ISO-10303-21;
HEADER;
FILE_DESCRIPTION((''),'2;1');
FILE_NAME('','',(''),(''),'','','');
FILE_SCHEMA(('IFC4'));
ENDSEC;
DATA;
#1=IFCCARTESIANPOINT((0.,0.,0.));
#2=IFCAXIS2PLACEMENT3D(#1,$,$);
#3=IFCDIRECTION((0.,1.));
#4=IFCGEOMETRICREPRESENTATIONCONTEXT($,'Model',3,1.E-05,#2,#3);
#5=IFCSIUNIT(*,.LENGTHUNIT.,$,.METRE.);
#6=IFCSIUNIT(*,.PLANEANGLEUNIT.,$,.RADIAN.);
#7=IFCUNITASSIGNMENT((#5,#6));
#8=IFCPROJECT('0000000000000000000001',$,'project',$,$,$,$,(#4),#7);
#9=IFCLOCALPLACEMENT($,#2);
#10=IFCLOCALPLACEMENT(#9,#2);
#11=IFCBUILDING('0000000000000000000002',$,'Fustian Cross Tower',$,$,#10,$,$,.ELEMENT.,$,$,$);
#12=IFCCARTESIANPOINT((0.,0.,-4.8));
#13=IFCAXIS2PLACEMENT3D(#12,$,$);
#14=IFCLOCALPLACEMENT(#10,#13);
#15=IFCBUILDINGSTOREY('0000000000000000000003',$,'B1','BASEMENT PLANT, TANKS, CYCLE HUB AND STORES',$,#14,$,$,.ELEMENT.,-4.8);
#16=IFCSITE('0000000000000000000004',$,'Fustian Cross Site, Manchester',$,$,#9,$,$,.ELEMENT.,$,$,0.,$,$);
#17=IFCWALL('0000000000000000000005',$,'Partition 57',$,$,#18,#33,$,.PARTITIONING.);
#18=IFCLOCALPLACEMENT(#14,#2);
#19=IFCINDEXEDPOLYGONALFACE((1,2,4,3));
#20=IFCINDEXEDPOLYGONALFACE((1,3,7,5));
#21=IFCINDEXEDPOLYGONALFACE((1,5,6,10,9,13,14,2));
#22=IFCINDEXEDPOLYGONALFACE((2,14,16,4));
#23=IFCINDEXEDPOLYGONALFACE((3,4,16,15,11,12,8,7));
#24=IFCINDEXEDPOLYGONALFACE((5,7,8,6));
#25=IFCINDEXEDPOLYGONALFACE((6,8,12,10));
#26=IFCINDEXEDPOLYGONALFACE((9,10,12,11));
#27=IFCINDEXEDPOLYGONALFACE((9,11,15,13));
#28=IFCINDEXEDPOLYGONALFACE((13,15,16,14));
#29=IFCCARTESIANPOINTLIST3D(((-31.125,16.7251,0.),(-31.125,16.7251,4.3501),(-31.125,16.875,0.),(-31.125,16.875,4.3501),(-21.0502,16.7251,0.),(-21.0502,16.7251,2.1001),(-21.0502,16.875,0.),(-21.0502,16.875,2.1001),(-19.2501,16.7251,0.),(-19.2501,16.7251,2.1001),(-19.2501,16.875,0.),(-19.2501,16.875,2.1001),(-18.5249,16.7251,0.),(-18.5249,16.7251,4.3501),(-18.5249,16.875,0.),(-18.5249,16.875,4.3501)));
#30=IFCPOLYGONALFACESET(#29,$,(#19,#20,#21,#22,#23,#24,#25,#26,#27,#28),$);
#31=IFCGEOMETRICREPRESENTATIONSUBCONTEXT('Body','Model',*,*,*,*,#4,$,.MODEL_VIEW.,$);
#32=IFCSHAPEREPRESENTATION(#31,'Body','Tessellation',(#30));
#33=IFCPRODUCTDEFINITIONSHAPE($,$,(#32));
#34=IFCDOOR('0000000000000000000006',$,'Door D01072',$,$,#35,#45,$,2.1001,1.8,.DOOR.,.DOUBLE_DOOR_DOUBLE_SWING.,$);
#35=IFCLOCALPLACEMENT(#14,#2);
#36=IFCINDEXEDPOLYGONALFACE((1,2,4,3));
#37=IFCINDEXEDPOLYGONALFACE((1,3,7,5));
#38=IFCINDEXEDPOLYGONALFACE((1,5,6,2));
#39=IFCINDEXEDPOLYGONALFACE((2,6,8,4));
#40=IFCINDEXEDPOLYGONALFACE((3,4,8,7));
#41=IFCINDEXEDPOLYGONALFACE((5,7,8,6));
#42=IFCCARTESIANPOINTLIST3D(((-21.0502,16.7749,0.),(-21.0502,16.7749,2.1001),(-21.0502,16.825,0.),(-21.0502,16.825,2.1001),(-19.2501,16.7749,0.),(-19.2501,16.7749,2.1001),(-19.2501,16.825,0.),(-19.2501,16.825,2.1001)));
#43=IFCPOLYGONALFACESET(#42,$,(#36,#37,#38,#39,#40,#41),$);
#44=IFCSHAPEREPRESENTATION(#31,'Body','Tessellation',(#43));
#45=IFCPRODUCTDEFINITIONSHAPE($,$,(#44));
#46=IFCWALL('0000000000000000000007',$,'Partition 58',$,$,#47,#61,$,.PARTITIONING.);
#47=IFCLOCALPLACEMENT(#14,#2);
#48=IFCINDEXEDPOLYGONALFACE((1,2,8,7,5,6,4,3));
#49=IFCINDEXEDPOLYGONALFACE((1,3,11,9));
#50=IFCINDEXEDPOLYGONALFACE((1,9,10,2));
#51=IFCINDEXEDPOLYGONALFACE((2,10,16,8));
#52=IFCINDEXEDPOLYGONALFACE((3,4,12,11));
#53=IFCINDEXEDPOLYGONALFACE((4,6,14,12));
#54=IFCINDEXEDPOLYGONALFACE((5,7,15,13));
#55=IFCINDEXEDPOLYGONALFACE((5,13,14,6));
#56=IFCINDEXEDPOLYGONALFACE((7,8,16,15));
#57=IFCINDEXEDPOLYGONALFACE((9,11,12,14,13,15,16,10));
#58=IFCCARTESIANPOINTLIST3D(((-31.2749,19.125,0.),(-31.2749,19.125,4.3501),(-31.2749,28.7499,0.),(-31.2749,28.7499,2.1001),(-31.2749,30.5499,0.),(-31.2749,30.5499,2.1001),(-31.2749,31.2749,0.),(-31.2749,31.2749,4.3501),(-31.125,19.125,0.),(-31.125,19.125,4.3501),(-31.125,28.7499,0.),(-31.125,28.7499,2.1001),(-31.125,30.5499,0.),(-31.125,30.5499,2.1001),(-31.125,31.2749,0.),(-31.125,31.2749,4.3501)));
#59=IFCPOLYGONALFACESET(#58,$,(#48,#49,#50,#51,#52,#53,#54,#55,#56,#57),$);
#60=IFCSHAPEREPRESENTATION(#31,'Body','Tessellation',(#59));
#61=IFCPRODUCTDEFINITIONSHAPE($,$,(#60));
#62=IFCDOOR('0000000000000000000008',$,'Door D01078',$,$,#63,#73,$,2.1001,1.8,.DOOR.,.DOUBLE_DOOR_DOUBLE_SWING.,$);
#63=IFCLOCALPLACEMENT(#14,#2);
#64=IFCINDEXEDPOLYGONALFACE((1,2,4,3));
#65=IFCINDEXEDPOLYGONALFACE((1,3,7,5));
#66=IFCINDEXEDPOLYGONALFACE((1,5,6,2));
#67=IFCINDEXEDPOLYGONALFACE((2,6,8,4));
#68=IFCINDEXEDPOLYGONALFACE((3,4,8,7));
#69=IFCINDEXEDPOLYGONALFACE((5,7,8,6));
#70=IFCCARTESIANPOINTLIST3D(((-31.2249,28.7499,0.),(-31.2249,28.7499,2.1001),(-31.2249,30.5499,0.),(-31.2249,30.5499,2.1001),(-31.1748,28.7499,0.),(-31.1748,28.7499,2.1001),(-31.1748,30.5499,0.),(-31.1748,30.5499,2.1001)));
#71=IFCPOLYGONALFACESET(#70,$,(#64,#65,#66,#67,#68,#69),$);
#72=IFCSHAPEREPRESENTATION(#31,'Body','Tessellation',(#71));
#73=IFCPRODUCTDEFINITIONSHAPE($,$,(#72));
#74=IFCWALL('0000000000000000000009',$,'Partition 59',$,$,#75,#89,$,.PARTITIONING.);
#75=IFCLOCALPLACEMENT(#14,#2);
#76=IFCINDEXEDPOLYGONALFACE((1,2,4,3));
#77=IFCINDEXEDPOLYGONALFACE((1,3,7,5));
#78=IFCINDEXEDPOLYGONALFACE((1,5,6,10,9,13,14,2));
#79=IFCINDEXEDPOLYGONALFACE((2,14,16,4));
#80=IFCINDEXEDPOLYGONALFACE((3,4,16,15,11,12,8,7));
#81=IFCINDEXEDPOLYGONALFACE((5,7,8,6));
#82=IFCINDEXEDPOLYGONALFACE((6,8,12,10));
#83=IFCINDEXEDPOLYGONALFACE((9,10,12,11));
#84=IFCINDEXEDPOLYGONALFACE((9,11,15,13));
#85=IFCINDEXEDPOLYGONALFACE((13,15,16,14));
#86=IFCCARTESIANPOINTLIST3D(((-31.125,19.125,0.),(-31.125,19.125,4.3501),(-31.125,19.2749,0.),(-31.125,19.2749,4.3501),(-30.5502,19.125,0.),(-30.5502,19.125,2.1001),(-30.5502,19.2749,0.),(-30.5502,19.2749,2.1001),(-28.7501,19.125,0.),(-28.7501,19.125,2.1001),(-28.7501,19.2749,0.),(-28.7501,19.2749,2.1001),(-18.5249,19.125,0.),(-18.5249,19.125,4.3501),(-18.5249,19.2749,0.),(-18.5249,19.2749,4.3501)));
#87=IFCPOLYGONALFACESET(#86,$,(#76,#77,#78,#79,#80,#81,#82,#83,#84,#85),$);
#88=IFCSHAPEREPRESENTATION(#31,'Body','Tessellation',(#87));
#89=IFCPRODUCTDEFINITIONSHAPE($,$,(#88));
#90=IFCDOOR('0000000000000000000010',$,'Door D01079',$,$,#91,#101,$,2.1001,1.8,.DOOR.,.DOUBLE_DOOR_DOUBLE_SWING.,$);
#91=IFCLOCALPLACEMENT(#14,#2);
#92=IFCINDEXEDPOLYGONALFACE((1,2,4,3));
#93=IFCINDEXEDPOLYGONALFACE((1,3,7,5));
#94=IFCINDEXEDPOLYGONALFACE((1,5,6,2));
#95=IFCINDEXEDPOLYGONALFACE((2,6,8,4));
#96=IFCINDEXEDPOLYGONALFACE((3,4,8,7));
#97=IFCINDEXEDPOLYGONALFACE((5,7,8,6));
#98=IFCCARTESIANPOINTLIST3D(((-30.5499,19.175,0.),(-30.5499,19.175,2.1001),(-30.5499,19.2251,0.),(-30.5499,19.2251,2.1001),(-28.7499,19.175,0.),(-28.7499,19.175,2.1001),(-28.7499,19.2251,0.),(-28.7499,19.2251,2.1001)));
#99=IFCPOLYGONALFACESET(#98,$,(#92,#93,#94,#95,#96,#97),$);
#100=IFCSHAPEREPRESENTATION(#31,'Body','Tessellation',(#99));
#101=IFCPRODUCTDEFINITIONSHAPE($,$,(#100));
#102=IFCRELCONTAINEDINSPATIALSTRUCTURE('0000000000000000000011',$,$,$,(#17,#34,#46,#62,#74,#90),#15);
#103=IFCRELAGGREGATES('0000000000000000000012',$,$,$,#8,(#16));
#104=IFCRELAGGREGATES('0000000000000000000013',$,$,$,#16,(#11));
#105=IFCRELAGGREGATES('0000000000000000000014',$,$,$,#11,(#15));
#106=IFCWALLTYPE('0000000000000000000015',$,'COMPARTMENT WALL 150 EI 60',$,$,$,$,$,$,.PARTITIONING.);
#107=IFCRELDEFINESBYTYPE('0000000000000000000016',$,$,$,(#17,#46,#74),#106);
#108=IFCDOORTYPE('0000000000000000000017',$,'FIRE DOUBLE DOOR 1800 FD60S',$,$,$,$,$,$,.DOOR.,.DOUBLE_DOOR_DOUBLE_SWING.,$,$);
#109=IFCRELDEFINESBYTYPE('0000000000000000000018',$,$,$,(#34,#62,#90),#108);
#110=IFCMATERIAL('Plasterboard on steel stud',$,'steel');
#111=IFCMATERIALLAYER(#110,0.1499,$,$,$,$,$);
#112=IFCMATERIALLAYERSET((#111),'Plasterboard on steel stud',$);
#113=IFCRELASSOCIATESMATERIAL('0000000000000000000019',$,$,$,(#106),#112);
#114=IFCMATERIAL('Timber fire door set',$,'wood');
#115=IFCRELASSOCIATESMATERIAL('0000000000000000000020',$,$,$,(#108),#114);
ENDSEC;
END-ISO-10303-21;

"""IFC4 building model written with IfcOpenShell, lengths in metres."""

from ifc_helpers import new_model, si_unit, direction, frame, frame_2d, origin, place, context, subcontext, project, spatial, rectangle, extrude, material, layer, layer_set, type_object, element, fill, save


model = new_model("IFC4")

# Units and contexts
model_context = context("Model", 3, precision=1e-05, world=origin(), true_north=direction((0.0, 1.0)))
body_context = subcontext(model_context, "Body", "Model", "MODEL_VIEW")
ifc_project = project(units=[si_unit("LENGTHUNIT", "METRE"), si_unit("PLANEANGLEUNIT", "RADIAN")], contexts=[model_context])

# Site, building, storey
site_placement = place(None, origin())
site = spatial("IfcSite", under=ifc_project, at=site_placement, Name="Fustian Cross Site, Manchester", CompositionType="ELEMENT", RefElevation=0.0)
building_placement = place(site_placement, origin())
building = spatial("IfcBuilding", under=site, at=building_placement, Name="Fustian Cross Tower", CompositionType="ELEMENT")
storey_placement = place(building_placement, frame((0.0, 0.0, -4.8)))
storey = spatial("IfcBuildingStorey", under=building, at=storey_placement, Name="B1", Description="BASEMENT PLANT, TANKS, CYCLE HUB AND STORES", CompositionType="ELEMENT", Elevation=-4.8)

# Shared definitions
ifc_material_1 = material(Name="Plasterboard on steel stud", Category="steel")
ifc_layer = layer(ifc_material_1, 0.1499)
ifc_layer_set = layer_set([ifc_layer], Name="Plasterboard on steel stud")
wall_type = type_object("IfcWallType", Name="COMPARTMENT WALL 150 EI 60", PredefinedType="PARTITIONING", material=ifc_layer_set)

# Walls, openings, doors
wall_1_placement = place(storey_placement, frame((-31.125, 16.8, 0.0), z_axis=(0.0, 0.0, 1.0), x_axis=(1.0, 0.0, 0.0)))
wall_1 = element("IfcWall", 1, at=wall_1_placement, inside=storey, type_object=wall_type, Name="Partition 57", PredefinedType="PARTITIONING", context=body_context, shape_type="SweptSolid", body=[
    extrude(rectangle(XDim=12.6001, YDim=0.1499, at=frame_2d((6.3, 0.0))), origin(), (0.0, 0.0, 1.0), 4.3501),
])
opening_1_placement = place(wall_1_placement, frame((10.075, 0.0, 0.0)))
opening_1 = element("IfcOpeningElement", 2, at=opening_1_placement, cuts=wall_1, PredefinedType="OPENING", context=body_context, shape_type="SweptSolid", body=[
    extrude(rectangle(XDim=1.8, YDim=2.1001, at=frame_2d((0.8999, 1.05))), frame((0.0, 0.085, 0.0), z_axis=(0.0, -1.0, 0.0), x_axis=(1.0, 0.0, 0.0)), (0.0, 0.0, 1.0), 0.1699),
])
ifc_material_2 = material(Name="Timber fire door set", Category="wood")
door_type = type_object("IfcDoorType", Name="FIRE DOUBLE DOOR 1800 FD60S", OperationType="DOUBLE_DOOR_DOUBLE_SWING", PredefinedType="DOOR", material=ifc_material_2)
door_1_placement = place(opening_1_placement, origin())
door_1 = element("IfcDoor", 3, at=door_1_placement, inside=storey, type_object=door_type, Name="Door D01072", OperationType="DOUBLE_DOOR_DOUBLE_SWING", OverallHeight=2.1001, OverallWidth=1.8, PredefinedType="DOOR", context=body_context, shape_type="SweptSolid", body=[
    extrude(rectangle(XDim=1.8, YDim=2.1001, at=frame_2d((0.8999, 1.05))), frame((0.0, 0.0249, 0.0), z_axis=(0.0, -1.0, 0.0), x_axis=(1.0, 0.0, 0.0)), (0.0, 0.0, 1.0), 0.05),
])
fill(opening_1, door_1)
wall_2_placement = place(storey_placement, frame((-31.2, 19.125, 0.0), z_axis=(0.0, 0.0, 1.0), x_axis=(0.0, 1.0, 0.0)))
wall_2 = element("IfcWall", 4, at=wall_2_placement, inside=storey, type_object=wall_type, Name="Partition 58", PredefinedType="PARTITIONING", context=body_context, shape_type="SweptSolid", body=[
    extrude(rectangle(XDim=12.1499, YDim=0.1499, at=frame_2d((6.075, 0.0))), origin(), (0.0, 0.0, 1.0), 4.3501),
])
opening_2_placement = place(wall_2_placement, frame((9.625, 0.0, 0.0)))
opening_2 = element("IfcOpeningElement", 5, at=opening_2_placement, cuts=wall_2, PredefinedType="OPENING", context=body_context, shape_type="SweptSolid", body=[
    extrude(rectangle(XDim=1.8, YDim=2.1001, at=frame_2d((0.8999, 1.05))), frame((0.0, 0.085, 0.0), z_axis=(0.0, -1.0, 0.0), x_axis=(1.0, 0.0, 0.0)), (0.0, 0.0, 1.0), 0.1699),
])
door_2_placement = place(opening_2_placement, origin())
door_2 = element("IfcDoor", 6, at=door_2_placement, inside=storey, type_object=door_type, Name="Door D01078", OperationType="DOUBLE_DOOR_DOUBLE_SWING", OverallHeight=2.1001, OverallWidth=1.8, PredefinedType="DOOR", context=body_context, shape_type="SweptSolid", body=[
    extrude(rectangle(XDim=1.8, YDim=2.1001, at=frame_2d((0.8999, 1.05))), frame((0.0, 0.0249, 0.0), z_axis=(0.0, -1.0, 0.0), x_axis=(1.0, 0.0, 0.0)), (0.0, 0.0, 1.0), 0.05),
])
fill(opening_2, door_2)
wall_3_placement = place(storey_placement, frame((-31.125, 19.2, 0.0), z_axis=(0.0, 0.0, 1.0), x_axis=(1.0, 0.0, 0.0)))
wall_3 = element("IfcWall", 7, at=wall_3_placement, inside=storey, type_object=wall_type, Name="Partition 59", PredefinedType="PARTITIONING", context=body_context, shape_type="SweptSolid", body=[
    extrude(rectangle(XDim=12.6001, YDim=0.1499, at=frame_2d((6.3, 0.0))), origin(), (0.0, 0.0, 1.0), 4.3501),
])
opening_3_placement = place(wall_3_placement, frame((0.575, 0.0, 0.0)))
opening_3 = element("IfcOpeningElement", 8, at=opening_3_placement, cuts=wall_3, PredefinedType="OPENING", context=body_context, shape_type="SweptSolid", body=[
    extrude(rectangle(XDim=1.8, YDim=2.1001, at=frame_2d((0.8999, 1.05))), frame((0.0, 0.085, 0.0), z_axis=(0.0, -1.0, 0.0), x_axis=(1.0, 0.0, 0.0)), (0.0, 0.0, 1.0), 0.1699),
])
door_3_placement = place(opening_3_placement, frame((1.8, 0.0, 0.0), z_axis=(0.0, 0.0, 1.0), x_axis=(-1.0, 0.0, 0.0)))
door_3 = element("IfcDoor", 9, at=door_3_placement, inside=storey, type_object=door_type, Name="Door D01079", OperationType="DOUBLE_DOOR_DOUBLE_SWING", OverallHeight=2.1001, OverallWidth=1.8, PredefinedType="DOOR", context=body_context, shape_type="SweptSolid", body=[
    extrude(rectangle(XDim=1.8, YDim=2.1001, at=frame_2d((0.8999, 1.05))), frame((0.0, 0.0249, 0.0), z_axis=(0.0, -1.0, 0.0), x_axis=(1.0, 0.0, 0.0)), (0.0, 0.0, 1.0), 0.05),
])
fill(opening_3, door_3)

save(model, "model.ifc")
